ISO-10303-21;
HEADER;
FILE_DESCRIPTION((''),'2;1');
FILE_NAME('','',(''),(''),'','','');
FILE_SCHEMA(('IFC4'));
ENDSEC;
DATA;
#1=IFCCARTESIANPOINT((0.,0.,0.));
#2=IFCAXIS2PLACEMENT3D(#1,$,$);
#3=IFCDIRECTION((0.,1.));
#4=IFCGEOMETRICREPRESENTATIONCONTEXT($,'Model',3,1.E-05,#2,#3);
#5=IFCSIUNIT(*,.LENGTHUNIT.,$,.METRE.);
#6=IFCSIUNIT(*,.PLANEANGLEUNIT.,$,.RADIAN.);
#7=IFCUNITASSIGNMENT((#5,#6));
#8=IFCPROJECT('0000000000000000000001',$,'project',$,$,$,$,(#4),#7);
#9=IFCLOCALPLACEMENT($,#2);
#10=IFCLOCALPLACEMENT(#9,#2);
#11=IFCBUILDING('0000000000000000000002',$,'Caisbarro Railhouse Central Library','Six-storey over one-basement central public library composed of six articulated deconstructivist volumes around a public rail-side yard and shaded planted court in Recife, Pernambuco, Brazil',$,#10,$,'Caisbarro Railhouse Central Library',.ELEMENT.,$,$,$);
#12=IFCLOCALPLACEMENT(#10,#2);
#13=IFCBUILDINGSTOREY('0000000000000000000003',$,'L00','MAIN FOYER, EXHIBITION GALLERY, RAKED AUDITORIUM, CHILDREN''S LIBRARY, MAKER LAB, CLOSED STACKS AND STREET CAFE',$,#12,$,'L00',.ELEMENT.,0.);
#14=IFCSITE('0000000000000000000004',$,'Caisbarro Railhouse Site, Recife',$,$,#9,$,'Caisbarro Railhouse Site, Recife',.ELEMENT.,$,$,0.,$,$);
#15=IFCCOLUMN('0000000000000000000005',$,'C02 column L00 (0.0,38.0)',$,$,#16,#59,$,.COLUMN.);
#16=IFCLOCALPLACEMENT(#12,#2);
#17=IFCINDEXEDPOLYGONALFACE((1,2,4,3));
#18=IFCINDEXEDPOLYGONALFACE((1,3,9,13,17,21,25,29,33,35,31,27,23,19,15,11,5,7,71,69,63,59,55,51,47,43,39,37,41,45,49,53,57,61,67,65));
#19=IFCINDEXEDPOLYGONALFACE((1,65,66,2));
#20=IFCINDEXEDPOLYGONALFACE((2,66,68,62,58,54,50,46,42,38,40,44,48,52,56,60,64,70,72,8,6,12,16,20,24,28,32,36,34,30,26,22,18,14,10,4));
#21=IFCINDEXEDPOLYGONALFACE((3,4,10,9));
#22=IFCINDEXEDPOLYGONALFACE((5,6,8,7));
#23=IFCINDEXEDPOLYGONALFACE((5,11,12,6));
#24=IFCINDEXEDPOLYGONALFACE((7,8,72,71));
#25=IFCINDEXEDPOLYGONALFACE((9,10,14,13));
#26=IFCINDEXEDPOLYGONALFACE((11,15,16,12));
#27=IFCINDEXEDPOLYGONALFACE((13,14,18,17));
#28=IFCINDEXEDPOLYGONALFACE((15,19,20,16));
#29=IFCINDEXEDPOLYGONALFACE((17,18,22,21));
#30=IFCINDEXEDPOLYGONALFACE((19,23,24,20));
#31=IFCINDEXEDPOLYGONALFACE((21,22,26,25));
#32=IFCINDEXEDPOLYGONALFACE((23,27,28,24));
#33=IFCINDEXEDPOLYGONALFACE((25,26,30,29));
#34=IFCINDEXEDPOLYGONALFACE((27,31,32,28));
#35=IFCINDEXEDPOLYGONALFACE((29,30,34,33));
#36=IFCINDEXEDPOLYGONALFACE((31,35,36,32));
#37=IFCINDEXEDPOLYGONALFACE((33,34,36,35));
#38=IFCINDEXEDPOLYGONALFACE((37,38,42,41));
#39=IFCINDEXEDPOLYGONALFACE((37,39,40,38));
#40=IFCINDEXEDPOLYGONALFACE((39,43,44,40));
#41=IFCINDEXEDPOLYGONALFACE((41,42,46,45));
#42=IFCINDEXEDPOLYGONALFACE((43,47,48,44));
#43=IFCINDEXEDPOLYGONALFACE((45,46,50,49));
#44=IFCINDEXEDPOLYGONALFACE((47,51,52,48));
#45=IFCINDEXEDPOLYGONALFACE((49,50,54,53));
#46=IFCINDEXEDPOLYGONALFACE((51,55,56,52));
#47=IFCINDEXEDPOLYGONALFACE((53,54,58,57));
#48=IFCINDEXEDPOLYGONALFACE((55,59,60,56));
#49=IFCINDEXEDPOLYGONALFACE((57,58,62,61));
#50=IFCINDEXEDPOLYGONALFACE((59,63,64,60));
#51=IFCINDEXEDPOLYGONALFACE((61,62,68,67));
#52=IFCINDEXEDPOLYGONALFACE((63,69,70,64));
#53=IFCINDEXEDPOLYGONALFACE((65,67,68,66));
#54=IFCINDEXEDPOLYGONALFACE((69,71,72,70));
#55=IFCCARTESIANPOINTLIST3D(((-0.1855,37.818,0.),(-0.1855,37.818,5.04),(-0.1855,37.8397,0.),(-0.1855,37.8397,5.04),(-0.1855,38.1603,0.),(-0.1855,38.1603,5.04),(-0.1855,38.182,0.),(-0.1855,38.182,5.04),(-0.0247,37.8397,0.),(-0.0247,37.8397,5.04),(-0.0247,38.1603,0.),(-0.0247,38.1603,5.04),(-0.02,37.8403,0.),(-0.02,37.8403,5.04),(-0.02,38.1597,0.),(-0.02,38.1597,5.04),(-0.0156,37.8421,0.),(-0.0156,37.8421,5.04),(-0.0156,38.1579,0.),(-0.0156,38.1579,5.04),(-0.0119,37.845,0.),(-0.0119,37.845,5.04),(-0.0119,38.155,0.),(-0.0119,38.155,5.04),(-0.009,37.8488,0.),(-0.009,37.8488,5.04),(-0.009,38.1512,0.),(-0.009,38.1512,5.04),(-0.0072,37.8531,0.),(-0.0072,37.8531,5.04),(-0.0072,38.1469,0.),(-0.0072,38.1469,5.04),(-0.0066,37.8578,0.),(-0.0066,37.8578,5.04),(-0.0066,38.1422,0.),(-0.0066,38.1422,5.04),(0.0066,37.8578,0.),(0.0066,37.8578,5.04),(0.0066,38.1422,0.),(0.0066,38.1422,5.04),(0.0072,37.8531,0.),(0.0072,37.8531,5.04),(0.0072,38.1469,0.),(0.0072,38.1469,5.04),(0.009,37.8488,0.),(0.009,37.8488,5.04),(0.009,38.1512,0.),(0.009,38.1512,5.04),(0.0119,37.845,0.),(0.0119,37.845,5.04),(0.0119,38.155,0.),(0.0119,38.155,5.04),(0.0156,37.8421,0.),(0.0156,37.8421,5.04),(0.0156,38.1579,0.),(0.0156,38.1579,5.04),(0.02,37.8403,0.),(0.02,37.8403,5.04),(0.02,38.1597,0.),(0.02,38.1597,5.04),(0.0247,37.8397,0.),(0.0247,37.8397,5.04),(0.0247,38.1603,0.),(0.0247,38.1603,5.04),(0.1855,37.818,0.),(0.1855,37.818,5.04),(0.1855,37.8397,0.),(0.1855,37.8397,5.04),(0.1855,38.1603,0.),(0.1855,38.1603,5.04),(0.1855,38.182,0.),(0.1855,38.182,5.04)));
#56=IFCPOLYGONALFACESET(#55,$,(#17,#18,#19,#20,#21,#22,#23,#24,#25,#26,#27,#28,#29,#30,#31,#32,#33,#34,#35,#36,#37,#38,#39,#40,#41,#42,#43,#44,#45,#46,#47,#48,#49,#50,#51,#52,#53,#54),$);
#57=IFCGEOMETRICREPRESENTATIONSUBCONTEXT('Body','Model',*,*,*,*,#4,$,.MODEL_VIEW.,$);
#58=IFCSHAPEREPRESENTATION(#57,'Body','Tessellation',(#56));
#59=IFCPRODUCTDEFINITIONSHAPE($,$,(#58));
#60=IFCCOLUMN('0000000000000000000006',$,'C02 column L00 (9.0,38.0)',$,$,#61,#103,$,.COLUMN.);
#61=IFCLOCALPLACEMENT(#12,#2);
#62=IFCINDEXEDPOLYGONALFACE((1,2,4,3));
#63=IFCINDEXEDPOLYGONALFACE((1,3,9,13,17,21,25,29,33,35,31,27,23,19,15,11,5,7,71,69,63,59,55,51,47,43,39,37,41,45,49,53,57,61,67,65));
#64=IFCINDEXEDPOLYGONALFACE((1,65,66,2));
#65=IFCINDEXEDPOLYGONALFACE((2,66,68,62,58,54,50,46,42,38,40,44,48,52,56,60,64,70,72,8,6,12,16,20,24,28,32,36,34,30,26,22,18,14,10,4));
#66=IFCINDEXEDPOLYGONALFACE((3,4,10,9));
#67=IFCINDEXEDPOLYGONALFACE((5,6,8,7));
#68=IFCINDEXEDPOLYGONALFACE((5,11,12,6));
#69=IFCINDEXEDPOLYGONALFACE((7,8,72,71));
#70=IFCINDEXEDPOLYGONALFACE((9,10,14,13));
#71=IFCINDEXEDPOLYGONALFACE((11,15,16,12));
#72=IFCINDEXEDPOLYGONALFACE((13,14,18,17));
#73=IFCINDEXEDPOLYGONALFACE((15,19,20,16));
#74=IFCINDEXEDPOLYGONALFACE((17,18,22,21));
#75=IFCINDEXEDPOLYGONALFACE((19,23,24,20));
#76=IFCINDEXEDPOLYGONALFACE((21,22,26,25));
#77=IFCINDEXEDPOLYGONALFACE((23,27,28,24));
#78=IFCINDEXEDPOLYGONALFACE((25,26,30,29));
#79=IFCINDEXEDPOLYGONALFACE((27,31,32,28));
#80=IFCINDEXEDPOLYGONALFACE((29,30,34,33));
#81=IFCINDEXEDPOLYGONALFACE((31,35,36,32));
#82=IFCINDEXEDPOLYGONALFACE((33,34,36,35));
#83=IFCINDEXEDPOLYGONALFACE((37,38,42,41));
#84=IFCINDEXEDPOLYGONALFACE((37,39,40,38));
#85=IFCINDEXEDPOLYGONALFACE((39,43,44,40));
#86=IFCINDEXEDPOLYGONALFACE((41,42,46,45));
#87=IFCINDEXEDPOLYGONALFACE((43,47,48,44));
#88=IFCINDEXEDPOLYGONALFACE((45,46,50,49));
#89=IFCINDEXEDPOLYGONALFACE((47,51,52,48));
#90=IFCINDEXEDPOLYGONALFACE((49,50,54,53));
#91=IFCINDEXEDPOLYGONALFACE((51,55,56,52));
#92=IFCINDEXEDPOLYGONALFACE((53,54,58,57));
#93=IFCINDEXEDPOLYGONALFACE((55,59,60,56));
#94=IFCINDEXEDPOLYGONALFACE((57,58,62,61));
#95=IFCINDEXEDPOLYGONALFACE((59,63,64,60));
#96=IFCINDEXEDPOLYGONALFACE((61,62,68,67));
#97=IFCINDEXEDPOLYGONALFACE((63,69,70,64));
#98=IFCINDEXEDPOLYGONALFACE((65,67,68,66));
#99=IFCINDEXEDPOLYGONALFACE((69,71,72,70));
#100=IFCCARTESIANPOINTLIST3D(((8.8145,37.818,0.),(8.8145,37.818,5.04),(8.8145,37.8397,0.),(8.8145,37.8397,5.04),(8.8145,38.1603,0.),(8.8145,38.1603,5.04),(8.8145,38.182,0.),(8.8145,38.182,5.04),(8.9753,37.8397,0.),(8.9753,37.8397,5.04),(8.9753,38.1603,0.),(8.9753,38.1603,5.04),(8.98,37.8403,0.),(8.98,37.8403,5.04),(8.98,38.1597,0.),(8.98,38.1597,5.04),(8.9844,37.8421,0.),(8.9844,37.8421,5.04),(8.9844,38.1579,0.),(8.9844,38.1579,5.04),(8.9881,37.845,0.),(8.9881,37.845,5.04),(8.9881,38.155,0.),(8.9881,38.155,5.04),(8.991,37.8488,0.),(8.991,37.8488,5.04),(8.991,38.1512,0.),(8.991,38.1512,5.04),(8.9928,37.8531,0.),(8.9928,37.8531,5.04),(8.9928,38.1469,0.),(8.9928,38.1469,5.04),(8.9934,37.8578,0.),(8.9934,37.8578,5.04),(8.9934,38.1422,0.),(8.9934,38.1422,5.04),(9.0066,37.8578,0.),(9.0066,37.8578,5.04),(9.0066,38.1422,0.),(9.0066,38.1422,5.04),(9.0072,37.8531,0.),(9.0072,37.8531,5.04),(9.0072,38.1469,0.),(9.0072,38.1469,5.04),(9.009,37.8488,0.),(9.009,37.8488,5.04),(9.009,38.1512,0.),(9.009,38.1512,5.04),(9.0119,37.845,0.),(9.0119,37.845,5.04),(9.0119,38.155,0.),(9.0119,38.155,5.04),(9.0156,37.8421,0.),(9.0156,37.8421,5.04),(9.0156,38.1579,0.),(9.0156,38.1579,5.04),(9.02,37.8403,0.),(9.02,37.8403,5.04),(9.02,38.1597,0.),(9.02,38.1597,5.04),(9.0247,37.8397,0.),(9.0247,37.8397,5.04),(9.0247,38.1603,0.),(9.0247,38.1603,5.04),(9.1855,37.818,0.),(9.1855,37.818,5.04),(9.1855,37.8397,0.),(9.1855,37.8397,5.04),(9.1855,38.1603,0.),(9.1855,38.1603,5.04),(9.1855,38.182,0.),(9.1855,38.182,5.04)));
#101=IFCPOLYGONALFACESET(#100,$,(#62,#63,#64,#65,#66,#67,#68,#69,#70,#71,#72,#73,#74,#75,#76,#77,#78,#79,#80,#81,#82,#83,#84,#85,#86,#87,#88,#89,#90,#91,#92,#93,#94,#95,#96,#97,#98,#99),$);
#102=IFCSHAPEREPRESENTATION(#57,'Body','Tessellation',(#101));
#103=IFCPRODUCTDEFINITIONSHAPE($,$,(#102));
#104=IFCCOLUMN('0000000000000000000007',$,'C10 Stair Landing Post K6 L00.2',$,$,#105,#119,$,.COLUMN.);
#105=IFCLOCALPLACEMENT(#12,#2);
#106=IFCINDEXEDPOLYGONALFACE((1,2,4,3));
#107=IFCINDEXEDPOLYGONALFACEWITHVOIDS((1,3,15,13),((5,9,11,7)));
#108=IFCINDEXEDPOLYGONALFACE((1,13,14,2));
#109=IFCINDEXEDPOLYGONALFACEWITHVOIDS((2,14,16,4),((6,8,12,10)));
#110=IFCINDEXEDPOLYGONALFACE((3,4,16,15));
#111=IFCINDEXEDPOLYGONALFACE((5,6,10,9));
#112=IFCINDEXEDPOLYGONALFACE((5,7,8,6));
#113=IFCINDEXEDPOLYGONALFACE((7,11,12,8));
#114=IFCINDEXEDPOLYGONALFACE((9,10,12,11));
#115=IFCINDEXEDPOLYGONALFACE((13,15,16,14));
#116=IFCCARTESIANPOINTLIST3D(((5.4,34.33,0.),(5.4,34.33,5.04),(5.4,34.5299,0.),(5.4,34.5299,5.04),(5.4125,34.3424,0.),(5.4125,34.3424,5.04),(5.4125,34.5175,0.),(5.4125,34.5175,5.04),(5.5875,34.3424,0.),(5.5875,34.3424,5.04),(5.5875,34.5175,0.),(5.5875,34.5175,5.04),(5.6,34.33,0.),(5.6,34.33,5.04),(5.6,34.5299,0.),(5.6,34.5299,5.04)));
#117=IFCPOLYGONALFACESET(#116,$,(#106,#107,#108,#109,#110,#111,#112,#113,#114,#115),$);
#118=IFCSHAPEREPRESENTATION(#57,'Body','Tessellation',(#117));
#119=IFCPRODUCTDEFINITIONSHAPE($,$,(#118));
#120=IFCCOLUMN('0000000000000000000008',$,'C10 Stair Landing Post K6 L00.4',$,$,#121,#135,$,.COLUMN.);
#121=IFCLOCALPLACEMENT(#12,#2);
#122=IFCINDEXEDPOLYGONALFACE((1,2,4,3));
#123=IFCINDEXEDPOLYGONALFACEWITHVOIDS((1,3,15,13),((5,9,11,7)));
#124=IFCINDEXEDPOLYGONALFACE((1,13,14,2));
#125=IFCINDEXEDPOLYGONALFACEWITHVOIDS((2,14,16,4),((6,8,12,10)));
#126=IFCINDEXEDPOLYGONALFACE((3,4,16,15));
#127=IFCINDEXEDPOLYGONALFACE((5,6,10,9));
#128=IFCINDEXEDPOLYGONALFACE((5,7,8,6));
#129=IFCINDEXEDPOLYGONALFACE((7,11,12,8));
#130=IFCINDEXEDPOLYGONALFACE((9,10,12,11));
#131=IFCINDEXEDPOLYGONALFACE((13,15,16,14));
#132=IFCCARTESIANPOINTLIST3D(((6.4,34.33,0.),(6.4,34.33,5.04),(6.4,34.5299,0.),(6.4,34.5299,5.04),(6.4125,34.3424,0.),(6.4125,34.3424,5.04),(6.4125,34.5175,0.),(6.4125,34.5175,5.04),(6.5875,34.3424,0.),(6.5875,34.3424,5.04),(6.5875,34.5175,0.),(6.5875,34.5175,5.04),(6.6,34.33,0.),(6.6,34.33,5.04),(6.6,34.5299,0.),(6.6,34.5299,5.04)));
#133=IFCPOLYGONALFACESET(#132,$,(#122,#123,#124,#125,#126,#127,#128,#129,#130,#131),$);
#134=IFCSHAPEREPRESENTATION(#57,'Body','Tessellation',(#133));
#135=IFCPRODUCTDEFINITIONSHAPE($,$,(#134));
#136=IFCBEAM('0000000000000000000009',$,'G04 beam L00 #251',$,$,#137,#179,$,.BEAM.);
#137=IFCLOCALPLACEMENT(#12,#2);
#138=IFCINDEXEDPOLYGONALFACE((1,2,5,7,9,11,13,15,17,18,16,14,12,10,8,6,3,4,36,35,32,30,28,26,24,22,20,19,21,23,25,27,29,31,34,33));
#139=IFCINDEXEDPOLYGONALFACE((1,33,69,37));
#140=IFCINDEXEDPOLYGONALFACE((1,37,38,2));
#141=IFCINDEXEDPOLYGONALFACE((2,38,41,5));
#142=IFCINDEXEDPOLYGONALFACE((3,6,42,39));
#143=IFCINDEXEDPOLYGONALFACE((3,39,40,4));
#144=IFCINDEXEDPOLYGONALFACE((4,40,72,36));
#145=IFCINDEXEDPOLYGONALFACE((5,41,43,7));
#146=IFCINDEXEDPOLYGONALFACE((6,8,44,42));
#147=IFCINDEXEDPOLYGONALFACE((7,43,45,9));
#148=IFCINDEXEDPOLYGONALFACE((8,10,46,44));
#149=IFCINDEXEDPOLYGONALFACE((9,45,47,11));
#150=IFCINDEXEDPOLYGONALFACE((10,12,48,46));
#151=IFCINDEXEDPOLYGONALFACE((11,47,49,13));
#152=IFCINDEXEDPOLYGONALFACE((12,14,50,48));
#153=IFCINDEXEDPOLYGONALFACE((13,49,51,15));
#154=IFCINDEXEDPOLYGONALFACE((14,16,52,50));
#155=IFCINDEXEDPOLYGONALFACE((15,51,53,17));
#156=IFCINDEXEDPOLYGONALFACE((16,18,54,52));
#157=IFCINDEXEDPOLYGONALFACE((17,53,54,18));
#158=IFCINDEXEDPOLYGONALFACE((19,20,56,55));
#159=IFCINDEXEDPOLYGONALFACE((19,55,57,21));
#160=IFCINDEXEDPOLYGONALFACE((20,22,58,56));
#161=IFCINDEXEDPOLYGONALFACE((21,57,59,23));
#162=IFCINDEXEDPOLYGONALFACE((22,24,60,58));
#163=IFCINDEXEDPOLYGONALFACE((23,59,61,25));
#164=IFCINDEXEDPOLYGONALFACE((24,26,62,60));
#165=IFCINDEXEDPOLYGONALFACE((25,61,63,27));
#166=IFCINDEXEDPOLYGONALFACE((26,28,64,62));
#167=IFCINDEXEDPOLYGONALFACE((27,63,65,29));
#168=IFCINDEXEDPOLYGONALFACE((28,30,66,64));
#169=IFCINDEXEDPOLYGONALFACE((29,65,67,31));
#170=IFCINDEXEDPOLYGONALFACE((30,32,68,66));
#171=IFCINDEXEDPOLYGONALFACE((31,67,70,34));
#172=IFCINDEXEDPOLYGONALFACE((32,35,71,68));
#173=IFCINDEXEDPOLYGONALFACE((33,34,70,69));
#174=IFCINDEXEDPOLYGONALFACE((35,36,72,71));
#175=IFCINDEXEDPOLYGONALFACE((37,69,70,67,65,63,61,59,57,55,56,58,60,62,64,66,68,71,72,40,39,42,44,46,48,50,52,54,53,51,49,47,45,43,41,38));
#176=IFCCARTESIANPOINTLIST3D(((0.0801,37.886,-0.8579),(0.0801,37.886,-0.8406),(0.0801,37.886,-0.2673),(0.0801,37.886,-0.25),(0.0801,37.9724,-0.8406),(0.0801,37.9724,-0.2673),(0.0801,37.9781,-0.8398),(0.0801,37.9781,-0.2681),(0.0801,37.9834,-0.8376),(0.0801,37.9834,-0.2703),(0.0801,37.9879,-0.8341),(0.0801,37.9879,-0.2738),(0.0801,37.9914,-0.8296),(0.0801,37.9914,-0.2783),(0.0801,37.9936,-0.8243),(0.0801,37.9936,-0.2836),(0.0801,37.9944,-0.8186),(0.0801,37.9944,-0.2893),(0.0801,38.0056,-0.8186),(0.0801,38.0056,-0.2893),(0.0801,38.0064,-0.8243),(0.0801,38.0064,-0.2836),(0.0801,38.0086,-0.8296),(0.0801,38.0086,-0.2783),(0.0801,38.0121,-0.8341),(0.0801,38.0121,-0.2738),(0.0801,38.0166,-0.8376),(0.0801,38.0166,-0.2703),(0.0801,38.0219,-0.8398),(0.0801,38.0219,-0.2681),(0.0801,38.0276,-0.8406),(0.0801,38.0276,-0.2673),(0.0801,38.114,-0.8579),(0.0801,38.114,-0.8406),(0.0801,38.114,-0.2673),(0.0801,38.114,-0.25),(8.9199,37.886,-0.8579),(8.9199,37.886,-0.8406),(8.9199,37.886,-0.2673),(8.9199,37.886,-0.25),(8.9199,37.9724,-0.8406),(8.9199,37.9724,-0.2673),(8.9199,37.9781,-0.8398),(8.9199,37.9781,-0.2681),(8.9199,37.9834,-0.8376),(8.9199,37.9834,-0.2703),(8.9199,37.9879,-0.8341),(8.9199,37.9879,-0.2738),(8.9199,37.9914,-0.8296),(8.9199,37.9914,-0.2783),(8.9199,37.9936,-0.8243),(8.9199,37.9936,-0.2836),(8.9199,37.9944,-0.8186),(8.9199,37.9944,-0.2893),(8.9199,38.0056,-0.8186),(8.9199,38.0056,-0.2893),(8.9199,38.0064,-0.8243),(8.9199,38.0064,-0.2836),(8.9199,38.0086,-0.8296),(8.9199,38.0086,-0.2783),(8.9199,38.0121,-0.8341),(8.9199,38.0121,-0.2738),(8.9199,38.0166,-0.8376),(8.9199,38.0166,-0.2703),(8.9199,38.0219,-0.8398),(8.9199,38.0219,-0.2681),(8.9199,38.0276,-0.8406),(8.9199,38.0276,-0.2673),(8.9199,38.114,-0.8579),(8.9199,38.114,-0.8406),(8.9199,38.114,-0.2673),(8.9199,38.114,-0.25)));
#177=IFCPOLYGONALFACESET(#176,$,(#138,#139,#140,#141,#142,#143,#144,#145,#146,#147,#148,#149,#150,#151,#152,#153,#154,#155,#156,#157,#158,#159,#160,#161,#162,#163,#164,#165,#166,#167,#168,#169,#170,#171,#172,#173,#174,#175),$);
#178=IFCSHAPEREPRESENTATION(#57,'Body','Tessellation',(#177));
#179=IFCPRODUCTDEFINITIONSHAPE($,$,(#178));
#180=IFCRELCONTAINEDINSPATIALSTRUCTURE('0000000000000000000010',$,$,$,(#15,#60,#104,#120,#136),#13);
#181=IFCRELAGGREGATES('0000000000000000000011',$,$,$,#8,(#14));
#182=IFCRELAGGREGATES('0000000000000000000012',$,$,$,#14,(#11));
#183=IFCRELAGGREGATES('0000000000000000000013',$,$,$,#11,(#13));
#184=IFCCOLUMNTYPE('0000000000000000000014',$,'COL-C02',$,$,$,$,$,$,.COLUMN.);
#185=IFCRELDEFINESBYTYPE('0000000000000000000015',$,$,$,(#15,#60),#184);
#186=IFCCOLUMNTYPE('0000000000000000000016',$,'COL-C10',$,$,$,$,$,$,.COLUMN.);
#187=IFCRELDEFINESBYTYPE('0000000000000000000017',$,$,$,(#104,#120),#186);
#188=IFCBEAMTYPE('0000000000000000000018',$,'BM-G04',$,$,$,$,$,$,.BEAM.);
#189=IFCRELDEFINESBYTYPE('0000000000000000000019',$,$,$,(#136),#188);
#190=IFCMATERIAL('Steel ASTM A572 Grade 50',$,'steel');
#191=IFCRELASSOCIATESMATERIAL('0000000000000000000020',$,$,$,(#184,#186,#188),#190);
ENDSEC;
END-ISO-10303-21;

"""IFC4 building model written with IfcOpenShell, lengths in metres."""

from ifc_helpers import new_model, si_unit, direction, frame, origin, origin_2d, place, context, subcontext, project, spatial, hollow_rectangle, i_section, extrude, material, material_profile, profile_set, type_object, element, save


model = new_model("IFC4")

# Units and contexts
model_context = context("Model", 3, precision=1e-05, world=origin(), true_north=direction((0.0, 1.0)))
body_context = subcontext(model_context, "Body", "Model", "MODEL_VIEW")
ifc_project = project(units=[si_unit("LENGTHUNIT", "METRE"), si_unit("PLANEANGLEUNIT", "RADIAN")], contexts=[model_context])

# Site, building, storey
site_placement = place(None, origin())
site = spatial("IfcSite", under=ifc_project, at=site_placement, Name="Caisbarro Railhouse Site, Recife", LongName="Caisbarro Railhouse Site, Recife", CompositionType="ELEMENT", RefElevation=0.0)
building_placement = place(site_placement, origin())
building = spatial("IfcBuilding", under=site, at=building_placement, Name="Caisbarro Railhouse Central Library", Description="Six-storey over one-basement central public library composed of six articulated deconstructivist volumes around a public rail-side yard and shaded planted court in Recife, Pernambuco, Brazil", LongName="Caisbarro Railhouse Central Library", CompositionType="ELEMENT")
storey_placement = place(building_placement, origin())
storey = spatial("IfcBuildingStorey", under=building, at=storey_placement, Name="L00", Description="MAIN FOYER, EXHIBITION GALLERY, RAKED AUDITORIUM, CHILDREN'S LIBRARY, MAKER LAB, CLOSED STACKS AND STREET CAFE", LongName="L00", CompositionType="ELEMENT", Elevation=0.0)

# Columns
ifc_material_1 = material(Name="Steel ASTM A572 Grade 50", Category="steel")
ifc_material_profile_1 = material_profile(ifc_material_1, i_section(OverallWidth=0.3711, OverallDepth=0.364, WebThickness=0.0132, FlangeThickness=0.0217, FilletRadius=0.0181, at=origin_2d()), Name="W360X162.0")
ifc_profile_set_1 = profile_set([ifc_material_profile_1], Name="Steel ASTM A572 Grade 50")
column_type_1 = type_object("IfcColumnType", Name="COL-C02", PredefinedType="COLUMN", material=ifc_profile_set_1)
for number, where, z_axis, x_axis, name in (
    (1, (0.0, 38.0, 0.0), (0.0, 0.0, 1.0), (1.0, 0.0, 0.0), "C02 column L00 (0.0,38.0)"),
    (2, (9.0, 38.0, 0.0), (0.0, 0.0, 1.0), (1.0, 0.0, 0.0), "C02 column L00 (9.0,38.0)"),
):
    element("IfcColumn", number, at=place(storey_placement, frame(where, z_axis=z_axis, x_axis=x_axis)), inside=storey, type_object=column_type_1, Name=name, PredefinedType="COLUMN", context=body_context, shape_type="SweptSolid", body=[
        extrude(i_section(OverallWidth=0.3711, OverallDepth=0.364, WebThickness=0.0132, FlangeThickness=0.0217, FilletRadius=0.0181, at=origin_2d()), origin(), (0.0, 0.0, 1.0), 5.04),
    ])
ifc_material_profile_2 = material_profile(ifc_material_1, hollow_rectangle(XDim=0.2, YDim=0.2, WallThickness=0.0125, at=origin_2d()), Name="HSS200X200X12.5")
ifc_profile_set_2 = profile_set([ifc_material_profile_2], Name="Steel ASTM A572 Grade 50")
column_type_2 = type_object("IfcColumnType", Name="COL-C10", PredefinedType="COLUMN", material=ifc_profile_set_2)
for number, where, z_axis, x_axis, name in (
    (3, (5.5, 34.4299, 0.0), (0.0, 0.0, 1.0), (1.0, 0.0, 0.0), "C10 Stair Landing Post K6 L00.2"),
    (4, (6.5, 34.4299, 0.0), (0.0, 0.0, 1.0), (1.0, 0.0, 0.0), "C10 Stair Landing Post K6 L00.4"),
):
    element("IfcColumn", number, at=place(storey_placement, frame(where, z_axis=z_axis, x_axis=x_axis)), inside=storey, type_object=column_type_2, Name=name, PredefinedType="COLUMN", context=body_context, shape_type="SweptSolid", body=[
        extrude(hollow_rectangle(XDim=0.2, YDim=0.2, WallThickness=0.0125, at=origin_2d()), origin(), (0.0, 0.0, 1.0), 5.04),
    ])

# Beam
ifc_material_profile_3 = material_profile(ifc_material_1, i_section(OverallWidth=0.228, OverallDepth=0.6079, WebThickness=0.0112, FlangeThickness=0.0173, FilletRadius=0.022, at=origin_2d()), Name="W610X113.0")
ifc_profile_set_3 = profile_set([ifc_material_profile_3], Name="Steel ASTM A572 Grade 50")
beam_type_1 = type_object("IfcBeamType", Name="BM-G04", PredefinedType="BEAM", material=ifc_profile_set_3)
for number, where, z_axis, x_axis, name in (
    (5, (0.0801, 38.0, -0.554), (1.0, 0.0, 0.0), (0.0, 1.0, 0.0), "G04 beam L00 #251"),
):
    element("IfcBeam", number, at=place(storey_placement, frame(where, z_axis=z_axis, x_axis=x_axis)), inside=storey, type_object=beam_type_1, Name=name, PredefinedType="BEAM", context=body_context, shape_type="SweptSolid", body=[
        extrude(i_section(OverallWidth=0.228, OverallDepth=0.6079, WebThickness=0.0112, FlangeThickness=0.0173, FilletRadius=0.022, at=origin_2d()), origin(), (0.0, 0.0, 1.0), 8.8398),
    ])

save(model, "model.ifc")
